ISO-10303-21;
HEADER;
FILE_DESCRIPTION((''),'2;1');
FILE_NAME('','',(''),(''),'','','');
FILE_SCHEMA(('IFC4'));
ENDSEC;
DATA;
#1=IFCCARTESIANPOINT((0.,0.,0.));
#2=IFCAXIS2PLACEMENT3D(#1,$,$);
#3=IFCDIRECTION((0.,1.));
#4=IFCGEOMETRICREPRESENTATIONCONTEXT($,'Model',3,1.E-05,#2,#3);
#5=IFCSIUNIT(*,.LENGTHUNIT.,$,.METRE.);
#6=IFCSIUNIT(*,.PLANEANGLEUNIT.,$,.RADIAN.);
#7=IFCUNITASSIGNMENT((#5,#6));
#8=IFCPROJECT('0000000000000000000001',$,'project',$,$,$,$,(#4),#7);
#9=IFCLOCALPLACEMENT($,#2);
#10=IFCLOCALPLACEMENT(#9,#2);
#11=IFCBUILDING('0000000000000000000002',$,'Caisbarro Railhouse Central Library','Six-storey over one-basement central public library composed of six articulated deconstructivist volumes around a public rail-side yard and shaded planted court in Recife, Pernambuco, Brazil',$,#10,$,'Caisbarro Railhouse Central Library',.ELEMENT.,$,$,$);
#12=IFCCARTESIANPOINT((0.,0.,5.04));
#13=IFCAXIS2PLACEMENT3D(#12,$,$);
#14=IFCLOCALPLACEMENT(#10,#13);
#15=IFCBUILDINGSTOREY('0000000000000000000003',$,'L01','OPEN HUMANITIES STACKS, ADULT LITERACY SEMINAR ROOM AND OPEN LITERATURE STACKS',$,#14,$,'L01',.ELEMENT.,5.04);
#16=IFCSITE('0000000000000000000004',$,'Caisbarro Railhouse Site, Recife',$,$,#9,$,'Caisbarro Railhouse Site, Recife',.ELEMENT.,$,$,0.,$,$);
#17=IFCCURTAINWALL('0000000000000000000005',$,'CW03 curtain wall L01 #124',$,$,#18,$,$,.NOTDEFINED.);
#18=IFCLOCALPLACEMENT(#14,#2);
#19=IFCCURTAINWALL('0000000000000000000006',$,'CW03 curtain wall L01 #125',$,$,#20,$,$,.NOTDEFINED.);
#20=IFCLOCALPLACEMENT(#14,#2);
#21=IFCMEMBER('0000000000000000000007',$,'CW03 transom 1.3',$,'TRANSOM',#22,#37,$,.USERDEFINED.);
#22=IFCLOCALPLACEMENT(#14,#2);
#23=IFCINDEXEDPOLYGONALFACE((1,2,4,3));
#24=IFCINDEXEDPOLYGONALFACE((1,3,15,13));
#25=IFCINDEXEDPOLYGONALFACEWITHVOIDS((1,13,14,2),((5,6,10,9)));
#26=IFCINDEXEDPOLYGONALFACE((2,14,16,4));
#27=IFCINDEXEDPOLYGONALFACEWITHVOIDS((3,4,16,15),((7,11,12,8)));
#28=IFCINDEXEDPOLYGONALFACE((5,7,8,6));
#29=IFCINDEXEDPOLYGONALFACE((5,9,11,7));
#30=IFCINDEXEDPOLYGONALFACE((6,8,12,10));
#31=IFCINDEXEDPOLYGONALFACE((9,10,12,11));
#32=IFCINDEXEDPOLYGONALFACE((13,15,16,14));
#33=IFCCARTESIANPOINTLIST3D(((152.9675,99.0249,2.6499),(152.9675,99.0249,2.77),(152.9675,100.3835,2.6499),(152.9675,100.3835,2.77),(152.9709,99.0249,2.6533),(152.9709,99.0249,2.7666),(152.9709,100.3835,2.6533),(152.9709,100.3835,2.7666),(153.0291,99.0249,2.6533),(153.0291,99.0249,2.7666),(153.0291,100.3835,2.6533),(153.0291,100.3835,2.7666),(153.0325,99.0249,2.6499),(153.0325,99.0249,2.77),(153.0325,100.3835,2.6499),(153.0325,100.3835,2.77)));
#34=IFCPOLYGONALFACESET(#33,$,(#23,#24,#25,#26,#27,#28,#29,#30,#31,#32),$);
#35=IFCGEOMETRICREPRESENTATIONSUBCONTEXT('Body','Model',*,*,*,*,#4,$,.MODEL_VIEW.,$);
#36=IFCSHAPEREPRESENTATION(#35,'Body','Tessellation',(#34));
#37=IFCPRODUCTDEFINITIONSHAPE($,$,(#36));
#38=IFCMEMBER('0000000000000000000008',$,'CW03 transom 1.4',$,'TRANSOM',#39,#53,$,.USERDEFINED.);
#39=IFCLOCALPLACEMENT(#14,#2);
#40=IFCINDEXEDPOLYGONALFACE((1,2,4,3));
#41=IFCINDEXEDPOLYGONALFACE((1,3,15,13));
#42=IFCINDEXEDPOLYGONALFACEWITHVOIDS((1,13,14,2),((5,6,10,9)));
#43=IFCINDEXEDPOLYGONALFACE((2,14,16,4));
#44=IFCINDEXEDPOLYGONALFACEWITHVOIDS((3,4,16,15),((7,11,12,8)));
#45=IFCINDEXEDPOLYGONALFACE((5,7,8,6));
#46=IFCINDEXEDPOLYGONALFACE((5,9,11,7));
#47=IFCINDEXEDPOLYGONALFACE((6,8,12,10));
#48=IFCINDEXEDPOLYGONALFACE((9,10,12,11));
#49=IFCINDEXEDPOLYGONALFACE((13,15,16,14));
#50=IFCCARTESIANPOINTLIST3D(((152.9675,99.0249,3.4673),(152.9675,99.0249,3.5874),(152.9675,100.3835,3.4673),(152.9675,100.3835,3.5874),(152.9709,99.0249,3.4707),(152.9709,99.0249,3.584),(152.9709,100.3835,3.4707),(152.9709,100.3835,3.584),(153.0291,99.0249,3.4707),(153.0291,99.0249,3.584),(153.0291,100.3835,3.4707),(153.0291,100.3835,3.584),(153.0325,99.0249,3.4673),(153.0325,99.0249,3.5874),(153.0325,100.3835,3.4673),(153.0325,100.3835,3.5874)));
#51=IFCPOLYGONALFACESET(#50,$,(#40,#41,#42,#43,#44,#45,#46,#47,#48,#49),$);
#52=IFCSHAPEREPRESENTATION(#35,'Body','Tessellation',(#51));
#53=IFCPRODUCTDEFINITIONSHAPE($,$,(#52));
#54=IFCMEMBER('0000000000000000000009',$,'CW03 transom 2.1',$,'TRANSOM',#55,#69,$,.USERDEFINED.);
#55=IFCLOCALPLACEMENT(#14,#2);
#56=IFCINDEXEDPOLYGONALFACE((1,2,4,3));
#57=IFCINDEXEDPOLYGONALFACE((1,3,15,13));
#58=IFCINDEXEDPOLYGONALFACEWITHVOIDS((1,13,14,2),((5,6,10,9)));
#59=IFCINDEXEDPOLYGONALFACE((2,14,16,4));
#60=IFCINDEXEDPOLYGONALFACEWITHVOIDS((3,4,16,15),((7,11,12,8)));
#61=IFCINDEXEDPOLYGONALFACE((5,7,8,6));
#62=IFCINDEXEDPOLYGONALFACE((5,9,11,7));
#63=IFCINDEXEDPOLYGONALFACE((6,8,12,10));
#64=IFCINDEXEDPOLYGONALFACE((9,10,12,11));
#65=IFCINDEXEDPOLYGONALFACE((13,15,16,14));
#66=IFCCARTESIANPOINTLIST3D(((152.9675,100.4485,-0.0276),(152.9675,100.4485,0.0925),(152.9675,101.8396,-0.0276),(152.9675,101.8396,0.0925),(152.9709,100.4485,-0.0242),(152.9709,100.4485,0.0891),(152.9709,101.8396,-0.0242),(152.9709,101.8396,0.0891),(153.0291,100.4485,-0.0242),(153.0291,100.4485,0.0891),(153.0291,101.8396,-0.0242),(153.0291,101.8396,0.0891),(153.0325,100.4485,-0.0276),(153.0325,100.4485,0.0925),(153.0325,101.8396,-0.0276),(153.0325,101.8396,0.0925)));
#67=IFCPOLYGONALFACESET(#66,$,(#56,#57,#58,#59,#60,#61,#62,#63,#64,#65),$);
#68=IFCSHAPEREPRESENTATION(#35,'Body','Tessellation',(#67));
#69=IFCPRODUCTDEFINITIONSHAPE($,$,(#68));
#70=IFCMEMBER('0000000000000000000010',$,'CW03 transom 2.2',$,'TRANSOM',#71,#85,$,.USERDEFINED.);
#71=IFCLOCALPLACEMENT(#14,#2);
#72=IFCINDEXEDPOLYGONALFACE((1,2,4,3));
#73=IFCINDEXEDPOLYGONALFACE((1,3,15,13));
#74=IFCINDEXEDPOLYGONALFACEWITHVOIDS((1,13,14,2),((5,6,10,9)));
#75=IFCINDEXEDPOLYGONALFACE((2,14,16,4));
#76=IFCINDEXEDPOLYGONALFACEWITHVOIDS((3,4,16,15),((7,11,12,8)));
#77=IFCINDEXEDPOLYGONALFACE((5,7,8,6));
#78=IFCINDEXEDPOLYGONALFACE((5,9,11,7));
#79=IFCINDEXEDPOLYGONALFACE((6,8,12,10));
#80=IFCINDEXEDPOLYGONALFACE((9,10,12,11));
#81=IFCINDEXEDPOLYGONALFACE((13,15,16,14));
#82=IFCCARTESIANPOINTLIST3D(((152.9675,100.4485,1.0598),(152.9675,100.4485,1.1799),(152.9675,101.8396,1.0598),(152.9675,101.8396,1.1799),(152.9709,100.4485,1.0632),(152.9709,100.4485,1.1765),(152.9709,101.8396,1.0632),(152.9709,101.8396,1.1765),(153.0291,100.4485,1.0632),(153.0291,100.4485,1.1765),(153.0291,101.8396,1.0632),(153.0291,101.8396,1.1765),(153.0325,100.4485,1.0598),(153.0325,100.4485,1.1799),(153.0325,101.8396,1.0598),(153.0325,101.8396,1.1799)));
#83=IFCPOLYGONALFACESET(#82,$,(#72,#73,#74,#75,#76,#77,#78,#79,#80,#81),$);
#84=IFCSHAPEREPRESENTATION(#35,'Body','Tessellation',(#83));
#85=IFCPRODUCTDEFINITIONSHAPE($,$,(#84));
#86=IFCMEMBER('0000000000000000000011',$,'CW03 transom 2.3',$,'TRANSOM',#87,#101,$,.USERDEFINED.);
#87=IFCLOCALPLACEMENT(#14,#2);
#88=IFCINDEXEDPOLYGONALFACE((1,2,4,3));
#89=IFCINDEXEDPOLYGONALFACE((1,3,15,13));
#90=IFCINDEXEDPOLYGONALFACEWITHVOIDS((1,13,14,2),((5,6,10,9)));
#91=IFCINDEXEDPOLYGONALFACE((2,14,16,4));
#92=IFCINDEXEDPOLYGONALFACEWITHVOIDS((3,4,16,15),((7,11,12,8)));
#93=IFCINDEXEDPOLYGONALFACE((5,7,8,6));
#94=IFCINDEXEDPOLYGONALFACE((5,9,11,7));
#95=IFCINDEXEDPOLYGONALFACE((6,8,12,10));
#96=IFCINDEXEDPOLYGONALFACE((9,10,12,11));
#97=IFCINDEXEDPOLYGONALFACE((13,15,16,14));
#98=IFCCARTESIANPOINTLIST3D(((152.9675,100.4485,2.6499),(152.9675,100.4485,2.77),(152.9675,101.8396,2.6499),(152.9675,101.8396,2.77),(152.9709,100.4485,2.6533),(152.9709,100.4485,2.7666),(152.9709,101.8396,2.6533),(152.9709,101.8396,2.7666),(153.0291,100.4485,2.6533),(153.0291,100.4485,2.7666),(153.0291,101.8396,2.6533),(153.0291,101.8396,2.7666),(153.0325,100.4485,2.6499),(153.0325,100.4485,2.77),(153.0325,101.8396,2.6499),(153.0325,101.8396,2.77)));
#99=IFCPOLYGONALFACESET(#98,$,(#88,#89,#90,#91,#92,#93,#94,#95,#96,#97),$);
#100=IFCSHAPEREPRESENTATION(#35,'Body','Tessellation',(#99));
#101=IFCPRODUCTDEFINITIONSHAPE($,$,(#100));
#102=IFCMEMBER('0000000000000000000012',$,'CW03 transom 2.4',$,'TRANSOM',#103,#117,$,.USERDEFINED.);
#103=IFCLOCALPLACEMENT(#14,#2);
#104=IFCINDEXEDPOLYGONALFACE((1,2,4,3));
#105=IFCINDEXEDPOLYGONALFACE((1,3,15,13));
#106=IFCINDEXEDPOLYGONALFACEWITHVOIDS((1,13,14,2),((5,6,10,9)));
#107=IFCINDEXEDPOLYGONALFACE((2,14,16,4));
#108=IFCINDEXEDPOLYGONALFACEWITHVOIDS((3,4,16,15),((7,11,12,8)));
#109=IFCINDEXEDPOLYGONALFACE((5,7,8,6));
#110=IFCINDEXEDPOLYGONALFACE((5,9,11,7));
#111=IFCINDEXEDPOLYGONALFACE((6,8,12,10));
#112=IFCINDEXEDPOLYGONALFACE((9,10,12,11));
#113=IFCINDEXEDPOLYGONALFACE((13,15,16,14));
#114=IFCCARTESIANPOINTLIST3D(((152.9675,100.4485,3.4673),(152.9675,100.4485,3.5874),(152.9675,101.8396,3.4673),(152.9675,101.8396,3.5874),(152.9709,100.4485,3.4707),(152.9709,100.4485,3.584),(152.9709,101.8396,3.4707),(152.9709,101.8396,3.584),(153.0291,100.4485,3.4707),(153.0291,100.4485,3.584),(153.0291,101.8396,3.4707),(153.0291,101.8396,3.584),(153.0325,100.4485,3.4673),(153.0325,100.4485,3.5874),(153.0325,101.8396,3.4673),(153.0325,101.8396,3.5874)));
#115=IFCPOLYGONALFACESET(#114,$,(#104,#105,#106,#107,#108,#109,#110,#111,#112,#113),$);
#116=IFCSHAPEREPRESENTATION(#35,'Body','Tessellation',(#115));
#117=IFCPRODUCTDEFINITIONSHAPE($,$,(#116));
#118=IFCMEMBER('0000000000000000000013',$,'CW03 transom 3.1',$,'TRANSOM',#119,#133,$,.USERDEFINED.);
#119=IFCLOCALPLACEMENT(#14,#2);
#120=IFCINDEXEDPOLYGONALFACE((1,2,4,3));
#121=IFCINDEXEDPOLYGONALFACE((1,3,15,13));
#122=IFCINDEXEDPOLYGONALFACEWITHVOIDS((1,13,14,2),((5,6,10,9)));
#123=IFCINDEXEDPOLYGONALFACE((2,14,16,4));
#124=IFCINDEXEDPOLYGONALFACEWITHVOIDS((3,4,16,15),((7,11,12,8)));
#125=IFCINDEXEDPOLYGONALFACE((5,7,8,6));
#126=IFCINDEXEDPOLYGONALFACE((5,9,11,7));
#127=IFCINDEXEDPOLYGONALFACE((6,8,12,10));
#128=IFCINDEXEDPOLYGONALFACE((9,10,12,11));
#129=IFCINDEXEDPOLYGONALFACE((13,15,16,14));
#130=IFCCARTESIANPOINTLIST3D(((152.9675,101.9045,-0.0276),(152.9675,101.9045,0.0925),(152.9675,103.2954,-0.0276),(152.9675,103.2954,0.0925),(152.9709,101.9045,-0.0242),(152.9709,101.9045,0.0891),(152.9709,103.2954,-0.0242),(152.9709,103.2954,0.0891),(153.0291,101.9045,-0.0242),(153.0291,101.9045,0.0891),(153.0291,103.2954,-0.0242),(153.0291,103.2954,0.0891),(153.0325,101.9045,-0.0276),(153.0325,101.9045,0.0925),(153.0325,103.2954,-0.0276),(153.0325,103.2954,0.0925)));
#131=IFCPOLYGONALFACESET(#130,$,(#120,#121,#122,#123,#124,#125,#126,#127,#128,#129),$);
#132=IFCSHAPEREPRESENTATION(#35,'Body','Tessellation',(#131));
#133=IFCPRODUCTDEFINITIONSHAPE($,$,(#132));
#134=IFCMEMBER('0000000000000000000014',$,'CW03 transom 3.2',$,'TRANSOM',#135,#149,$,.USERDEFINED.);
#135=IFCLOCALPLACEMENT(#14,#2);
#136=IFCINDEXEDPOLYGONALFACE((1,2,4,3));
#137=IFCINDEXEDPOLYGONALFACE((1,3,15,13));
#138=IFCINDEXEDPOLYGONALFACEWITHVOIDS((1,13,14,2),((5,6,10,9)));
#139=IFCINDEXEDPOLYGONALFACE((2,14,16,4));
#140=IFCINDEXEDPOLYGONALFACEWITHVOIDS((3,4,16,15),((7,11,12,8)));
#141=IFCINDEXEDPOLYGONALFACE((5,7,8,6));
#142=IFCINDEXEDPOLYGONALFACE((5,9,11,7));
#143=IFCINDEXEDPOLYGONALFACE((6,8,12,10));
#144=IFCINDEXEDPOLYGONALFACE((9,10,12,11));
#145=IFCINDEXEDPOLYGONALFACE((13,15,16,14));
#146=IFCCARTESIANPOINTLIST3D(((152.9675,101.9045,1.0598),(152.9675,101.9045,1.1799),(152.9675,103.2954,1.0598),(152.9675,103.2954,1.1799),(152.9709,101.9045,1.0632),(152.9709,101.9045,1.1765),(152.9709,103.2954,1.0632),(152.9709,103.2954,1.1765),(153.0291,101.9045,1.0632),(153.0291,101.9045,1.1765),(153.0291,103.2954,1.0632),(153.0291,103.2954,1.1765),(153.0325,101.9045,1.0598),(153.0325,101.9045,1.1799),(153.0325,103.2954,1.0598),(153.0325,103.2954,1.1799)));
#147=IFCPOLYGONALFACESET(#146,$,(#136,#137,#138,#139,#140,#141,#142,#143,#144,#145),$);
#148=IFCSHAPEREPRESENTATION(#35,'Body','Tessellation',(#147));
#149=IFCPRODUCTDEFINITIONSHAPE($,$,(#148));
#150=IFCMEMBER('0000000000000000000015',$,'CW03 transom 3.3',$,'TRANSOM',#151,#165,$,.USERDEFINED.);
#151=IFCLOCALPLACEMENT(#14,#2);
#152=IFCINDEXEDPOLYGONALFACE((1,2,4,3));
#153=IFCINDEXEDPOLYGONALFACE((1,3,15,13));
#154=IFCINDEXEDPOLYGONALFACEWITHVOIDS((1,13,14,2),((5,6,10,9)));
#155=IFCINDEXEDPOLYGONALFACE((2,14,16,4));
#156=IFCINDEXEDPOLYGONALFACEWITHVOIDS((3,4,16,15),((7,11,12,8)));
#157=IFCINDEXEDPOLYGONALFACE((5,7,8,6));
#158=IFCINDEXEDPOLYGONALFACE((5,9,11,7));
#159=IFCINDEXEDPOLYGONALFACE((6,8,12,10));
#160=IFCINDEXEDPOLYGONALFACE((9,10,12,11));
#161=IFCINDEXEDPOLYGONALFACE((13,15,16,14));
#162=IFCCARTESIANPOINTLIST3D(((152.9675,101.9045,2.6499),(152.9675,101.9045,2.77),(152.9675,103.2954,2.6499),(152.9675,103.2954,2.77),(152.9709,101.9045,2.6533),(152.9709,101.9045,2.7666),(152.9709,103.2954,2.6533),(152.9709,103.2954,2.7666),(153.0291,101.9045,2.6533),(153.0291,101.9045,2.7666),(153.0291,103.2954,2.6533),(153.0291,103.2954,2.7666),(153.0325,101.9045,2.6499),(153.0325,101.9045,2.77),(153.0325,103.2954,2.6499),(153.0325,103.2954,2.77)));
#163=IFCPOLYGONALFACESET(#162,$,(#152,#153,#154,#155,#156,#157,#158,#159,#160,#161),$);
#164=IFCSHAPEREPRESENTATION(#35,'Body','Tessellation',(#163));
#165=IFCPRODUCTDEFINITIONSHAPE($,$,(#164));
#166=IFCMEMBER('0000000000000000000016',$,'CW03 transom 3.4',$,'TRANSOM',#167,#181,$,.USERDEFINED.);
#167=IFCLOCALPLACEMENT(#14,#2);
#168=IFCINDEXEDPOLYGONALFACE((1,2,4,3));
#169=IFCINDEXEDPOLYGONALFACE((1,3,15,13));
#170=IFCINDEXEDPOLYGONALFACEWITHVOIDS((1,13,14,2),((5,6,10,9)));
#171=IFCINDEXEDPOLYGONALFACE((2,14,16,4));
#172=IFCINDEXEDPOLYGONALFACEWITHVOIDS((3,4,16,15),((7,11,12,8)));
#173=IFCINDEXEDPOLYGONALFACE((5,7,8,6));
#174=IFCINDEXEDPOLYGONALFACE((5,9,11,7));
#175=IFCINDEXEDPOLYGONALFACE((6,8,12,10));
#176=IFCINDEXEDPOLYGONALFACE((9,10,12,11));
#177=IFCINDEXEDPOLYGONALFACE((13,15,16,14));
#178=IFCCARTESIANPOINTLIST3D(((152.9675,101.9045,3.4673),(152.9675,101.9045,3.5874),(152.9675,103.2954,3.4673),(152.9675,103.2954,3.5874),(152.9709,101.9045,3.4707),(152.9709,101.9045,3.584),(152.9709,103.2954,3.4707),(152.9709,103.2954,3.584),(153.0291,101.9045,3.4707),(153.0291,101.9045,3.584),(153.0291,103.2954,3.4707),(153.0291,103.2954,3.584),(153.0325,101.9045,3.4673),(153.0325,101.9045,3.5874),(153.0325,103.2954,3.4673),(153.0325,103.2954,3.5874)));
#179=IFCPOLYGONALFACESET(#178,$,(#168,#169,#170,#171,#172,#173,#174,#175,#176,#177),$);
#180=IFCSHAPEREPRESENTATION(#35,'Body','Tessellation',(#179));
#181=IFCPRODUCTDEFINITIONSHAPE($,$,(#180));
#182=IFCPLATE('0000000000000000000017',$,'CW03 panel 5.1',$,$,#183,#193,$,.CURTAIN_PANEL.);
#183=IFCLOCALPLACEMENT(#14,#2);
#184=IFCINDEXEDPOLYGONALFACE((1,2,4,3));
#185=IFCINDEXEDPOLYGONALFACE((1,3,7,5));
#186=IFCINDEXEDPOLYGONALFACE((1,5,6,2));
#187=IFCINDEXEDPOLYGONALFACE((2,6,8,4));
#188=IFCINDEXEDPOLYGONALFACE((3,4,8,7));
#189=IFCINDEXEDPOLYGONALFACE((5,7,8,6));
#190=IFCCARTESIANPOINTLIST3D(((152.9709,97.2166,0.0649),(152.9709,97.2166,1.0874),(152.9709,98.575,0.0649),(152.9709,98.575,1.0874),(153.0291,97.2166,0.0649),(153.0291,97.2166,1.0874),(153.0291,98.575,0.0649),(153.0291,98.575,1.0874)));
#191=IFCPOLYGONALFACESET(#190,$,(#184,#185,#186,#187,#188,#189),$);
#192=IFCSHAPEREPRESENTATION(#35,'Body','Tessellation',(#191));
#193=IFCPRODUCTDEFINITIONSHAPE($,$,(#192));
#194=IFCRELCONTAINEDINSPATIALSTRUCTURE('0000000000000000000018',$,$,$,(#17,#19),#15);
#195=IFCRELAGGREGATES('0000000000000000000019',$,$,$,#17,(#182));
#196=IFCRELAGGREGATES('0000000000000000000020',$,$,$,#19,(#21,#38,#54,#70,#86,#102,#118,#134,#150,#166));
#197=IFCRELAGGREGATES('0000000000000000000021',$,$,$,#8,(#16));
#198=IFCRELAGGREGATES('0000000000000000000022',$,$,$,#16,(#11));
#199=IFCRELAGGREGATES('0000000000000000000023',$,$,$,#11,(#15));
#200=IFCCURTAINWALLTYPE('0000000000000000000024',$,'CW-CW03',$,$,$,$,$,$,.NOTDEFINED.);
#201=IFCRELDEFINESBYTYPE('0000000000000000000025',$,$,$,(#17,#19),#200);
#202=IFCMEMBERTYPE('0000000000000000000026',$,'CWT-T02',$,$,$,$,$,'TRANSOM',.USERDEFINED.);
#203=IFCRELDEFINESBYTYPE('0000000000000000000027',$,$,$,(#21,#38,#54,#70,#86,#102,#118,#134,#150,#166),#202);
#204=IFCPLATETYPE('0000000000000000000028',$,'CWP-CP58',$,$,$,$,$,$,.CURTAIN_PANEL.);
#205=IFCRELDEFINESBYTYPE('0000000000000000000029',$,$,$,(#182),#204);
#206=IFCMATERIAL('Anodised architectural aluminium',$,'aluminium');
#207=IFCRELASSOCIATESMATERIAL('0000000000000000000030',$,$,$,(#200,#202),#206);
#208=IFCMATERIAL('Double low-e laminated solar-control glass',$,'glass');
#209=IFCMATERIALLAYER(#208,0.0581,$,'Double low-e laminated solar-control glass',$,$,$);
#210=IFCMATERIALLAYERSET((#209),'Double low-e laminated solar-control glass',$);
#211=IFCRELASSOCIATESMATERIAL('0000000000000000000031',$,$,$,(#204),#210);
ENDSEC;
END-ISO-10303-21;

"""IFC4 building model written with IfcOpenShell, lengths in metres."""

from ifc_helpers import new_model, si_unit, direction, frame, origin, origin_2d, place, context, subcontext, project, spatial, rectangle, hollow_rectangle, extrude, material, layer, layer_set, material_profile, profile_set, type_object, element, aggregate, save


model = new_model("IFC4")

# Units and contexts
model_context = context("Model", 3, precision=1e-05, world=origin(), true_north=direction((0.0, 1.0)))
body_context = subcontext(model_context, "Body", "Model", "MODEL_VIEW")
ifc_project = project(units=[si_unit("LENGTHUNIT", "METRE"), si_unit("PLANEANGLEUNIT", "RADIAN")], contexts=[model_context])

# Site, building, storey
site_placement = place(None, origin())
site = spatial("IfcSite", under=ifc_project, at=site_placement, Name="Caisbarro Railhouse Site, Recife", LongName="Caisbarro Railhouse Site, Recife", CompositionType="ELEMENT", RefElevation=0.0)
building_placement = place(site_placement, origin())
building = spatial("IfcBuilding", under=site, at=building_placement, Name="Caisbarro Railhouse Central Library", Description="Six-storey over one-basement central public library composed of six articulated deconstructivist volumes around a public rail-side yard and shaded planted court in Recife, Pernambuco, Brazil", LongName="Caisbarro Railhouse Central Library", CompositionType="ELEMENT")
storey_placement = place(building_placement, frame((0.0, 0.0, 5.04)))
storey = spatial("IfcBuildingStorey", under=building, at=storey_placement, Name="L01", Description="OPEN HUMANITIES STACKS, ADULT LITERACY SEMINAR ROOM AND OPEN LITERATURE STACKS", LongName="L01", CompositionType="ELEMENT", Elevation=5.04)

# Curtain wall
ifc_material_1 = material(Name="Anodised architectural aluminium", Category="aluminium")
curtain_wall_type = type_object("IfcCurtainWallType", Name="CW-CW03", PredefinedType="NOTDEFINED", material=ifc_material_1)
curtain_wall_1_placement = place(storey_placement, origin())
curtain_wall_1 = element("IfcCurtainWall", 1, at=curtain_wall_1_placement, inside=storey, type_object=curtain_wall_type, Name="CW03 curtain wall L01 #124", PredefinedType="NOTDEFINED")

# Curtain wall
curtain_wall_2_placement = place(storey_placement, origin())
curtain_wall_2 = element("IfcCurtainWall", 2, at=curtain_wall_2_placement, inside=storey, type_object=curtain_wall_type, Name="CW03 curtain wall L01 #125", PredefinedType="NOTDEFINED")

# Members
ifc_material_profile_1 = material_profile(ifc_material_1, hollow_rectangle(XDim=0.0649, YDim=0.1201, WallThickness=0.0034, at=origin_2d()), Name="ALU-TRN-65X120")
ifc_profile_set_1 = profile_set([ifc_material_profile_1], Name="Anodised architectural aluminium")
member_type_1 = type_object("IfcMemberType", Name="CWT-T02", ElementType="TRANSOM", PredefinedType="USERDEFINED", material=ifc_profile_set_1)
member_1_placement = place(storey_placement, frame((153.0, 99.0249, 2.71), z_axis=(0.0, 1.0, 0.0), x_axis=(-1.0, 0.0, 0.0)))
member_1 = element("IfcMember", 3, at=member_1_placement, type_object=member_type_1, Name="CW03 transom 1.3", ObjectType="TRANSOM", PredefinedType="USERDEFINED", context=body_context, shape_type="SweptSolid", body=[
    extrude(hollow_rectangle(XDim=0.0649, YDim=0.1201, WallThickness=0.0034, at=origin_2d()), origin(), (0.0, 0.0, 1.0), 1.3586),
])
member_2_placement = place(storey_placement, frame((153.0, 99.0249, 3.5273), z_axis=(0.0, 1.0, 0.0), x_axis=(-1.0, 0.0, 0.0)))
member_2 = element("IfcMember", 4, at=member_2_placement, type_object=member_type_1, Name="CW03 transom 1.4", ObjectType="TRANSOM", PredefinedType="USERDEFINED", context=body_context, shape_type="SweptSolid", body=[
    extrude(hollow_rectangle(XDim=0.0649, YDim=0.1201, WallThickness=0.0034, at=origin_2d()), origin(), (0.0, 0.0, 1.0), 1.3586),
])
member_3_placement = place(storey_placement, frame((153.0, 100.4485, 0.0325), z_axis=(0.0, 1.0, 0.0), x_axis=(-1.0, 0.0, 0.0)))
member_3 = element("IfcMember", 5, at=member_3_placement, type_object=member_type_1, Name="CW03 transom 2.1", ObjectType="TRANSOM", PredefinedType="USERDEFINED", context=body_context, shape_type="SweptSolid", body=[
    extrude(hollow_rectangle(XDim=0.0649, YDim=0.1201, WallThickness=0.0034, at=origin_2d()), origin(), (0.0, 0.0, 1.0), 1.3911),
])
member_4_placement = place(storey_placement, frame((153.0, 100.4485, 1.1199), z_axis=(0.0, 1.0, 0.0), x_axis=(-1.0, 0.0, 0.0)))
member_4 = element("IfcMember", 6, at=member_4_placement, type_object=member_type_1, Name="CW03 transom 2.2", ObjectType="TRANSOM", PredefinedType="USERDEFINED", context=body_context, shape_type="SweptSolid", body=[
    extrude(hollow_rectangle(XDim=0.0649, YDim=0.1201, WallThickness=0.0034, at=origin_2d()), origin(), (0.0, 0.0, 1.0), 1.3911),
])
member_5_placement = place(storey_placement, frame((153.0, 100.4485, 2.71), z_axis=(0.0, 1.0, 0.0), x_axis=(-1.0, 0.0, 0.0)))
member_5 = element("IfcMember", 7, at=member_5_placement, type_object=member_type_1, Name="CW03 transom 2.3", ObjectType="TRANSOM", PredefinedType="USERDEFINED", context=body_context, shape_type="SweptSolid", body=[
    extrude(hollow_rectangle(XDim=0.0649, YDim=0.1201, WallThickness=0.0034, at=origin_2d()), origin(), (0.0, 0.0, 1.0), 1.3911),
])
member_6_placement = place(storey_placement, frame((153.0, 100.4485, 3.5273), z_axis=(0.0, 1.0, 0.0), x_axis=(-1.0, 0.0, 0.0)))
member_6 = element("IfcMember", 8, at=member_6_placement, type_object=member_type_1, Name="CW03 transom 2.4", ObjectType="TRANSOM", PredefinedType="USERDEFINED", context=body_context, shape_type="SweptSolid", body=[
    extrude(hollow_rectangle(XDim=0.0649, YDim=0.1201, WallThickness=0.0034, at=origin_2d()), origin(), (0.0, 0.0, 1.0), 1.3911),
])
member_7_placement = place(storey_placement, frame((153.0, 101.9045, 0.0325), z_axis=(0.0, 1.0, 0.0), x_axis=(-1.0, 0.0, 0.0)))
member_7 = element("IfcMember", 9, at=member_7_placement, type_object=member_type_1, Name="CW03 transom 3.1", ObjectType="TRANSOM", PredefinedType="USERDEFINED", context=body_context, shape_type="SweptSolid", body=[
    extrude(hollow_rectangle(XDim=0.0649, YDim=0.1201, WallThickness=0.0034, at=origin_2d()), origin(), (0.0, 0.0, 1.0), 1.3909),
])
member_8_placement = place(storey_placement, frame((153.0, 101.9045, 1.1199), z_axis=(0.0, 1.0, 0.0), x_axis=(-1.0, 0.0, 0.0)))
member_8 = element("IfcMember", 10, at=member_8_placement, type_object=member_type_1, Name="CW03 transom 3.2", ObjectType="TRANSOM", PredefinedType="USERDEFINED", context=body_context, shape_type="SweptSolid", body=[
    extrude(hollow_rectangle(XDim=0.0649, YDim=0.1201, WallThickness=0.0034, at=origin_2d()), origin(), (0.0, 0.0, 1.0), 1.3909),
])
member_9_placement = place(storey_placement, frame((153.0, 101.9045, 2.71), z_axis=(0.0, 1.0, 0.0), x_axis=(-1.0, 0.0, 0.0)))
member_9 = element("IfcMember", 11, at=member_9_placement, type_object=member_type_1, Name="CW03 transom 3.3", ObjectType="TRANSOM", PredefinedType="USERDEFINED", context=body_context, shape_type="SweptSolid", body=[
    extrude(hollow_rectangle(XDim=0.0649, YDim=0.1201, WallThickness=0.0034, at=origin_2d()), origin(), (0.0, 0.0, 1.0), 1.3909),
])
member_10_placement = place(storey_placement, frame((153.0, 101.9045, 3.5273), z_axis=(0.0, 1.0, 0.0), x_axis=(-1.0, 0.0, 0.0)))
member_10 = element("IfcMember", 12, at=member_10_placement, type_object=member_type_1, Name="CW03 transom 3.4", ObjectType="TRANSOM", PredefinedType="USERDEFINED", context=body_context, shape_type="SweptSolid", body=[
    extrude(hollow_rectangle(XDim=0.0649, YDim=0.1201, WallThickness=0.0034, at=origin_2d()), origin(), (0.0, 0.0, 1.0), 1.3909),
])

# Plate
ifc_material_2 = material(Name="Double low-e laminated solar-control glass", Category="glass")
ifc_layer_1 = layer(ifc_material_2, 0.0581, Name="Double low-e laminated solar-control glass")
ifc_layer_set_1 = layer_set([ifc_layer_1], Name="Double low-e laminated solar-control glass")
plate_type_1 = type_object("IfcPlateType", Name="CWP-CP58", PredefinedType="CURTAIN_PANEL", material=ifc_layer_set_1)
plate_1_placement = place(storey_placement, frame((153.0, 97.8958, 0.0649), z_axis=(0.0, 0.0, 1.0), x_axis=(0.0, 1.0, 0.0)))
plate_1 = element("IfcPlate", 13, at=plate_1_placement, type_object=plate_type_1, Name="CW03 panel 5.1", PredefinedType="CURTAIN_PANEL", context=body_context, shape_type="SweptSolid", body=[
    extrude(rectangle(XDim=1.3584, YDim=0.0581, at=origin_2d()), origin(), (0.0, 0.0, 1.0), 1.0225),
])
aggregate(curtain_wall_1, [plate_1])
aggregate(curtain_wall_2, [member_1, member_2, member_3, member_4, member_5, member_6, member_7, member_8, member_9, member_10])

save(model, "model.ifc")
